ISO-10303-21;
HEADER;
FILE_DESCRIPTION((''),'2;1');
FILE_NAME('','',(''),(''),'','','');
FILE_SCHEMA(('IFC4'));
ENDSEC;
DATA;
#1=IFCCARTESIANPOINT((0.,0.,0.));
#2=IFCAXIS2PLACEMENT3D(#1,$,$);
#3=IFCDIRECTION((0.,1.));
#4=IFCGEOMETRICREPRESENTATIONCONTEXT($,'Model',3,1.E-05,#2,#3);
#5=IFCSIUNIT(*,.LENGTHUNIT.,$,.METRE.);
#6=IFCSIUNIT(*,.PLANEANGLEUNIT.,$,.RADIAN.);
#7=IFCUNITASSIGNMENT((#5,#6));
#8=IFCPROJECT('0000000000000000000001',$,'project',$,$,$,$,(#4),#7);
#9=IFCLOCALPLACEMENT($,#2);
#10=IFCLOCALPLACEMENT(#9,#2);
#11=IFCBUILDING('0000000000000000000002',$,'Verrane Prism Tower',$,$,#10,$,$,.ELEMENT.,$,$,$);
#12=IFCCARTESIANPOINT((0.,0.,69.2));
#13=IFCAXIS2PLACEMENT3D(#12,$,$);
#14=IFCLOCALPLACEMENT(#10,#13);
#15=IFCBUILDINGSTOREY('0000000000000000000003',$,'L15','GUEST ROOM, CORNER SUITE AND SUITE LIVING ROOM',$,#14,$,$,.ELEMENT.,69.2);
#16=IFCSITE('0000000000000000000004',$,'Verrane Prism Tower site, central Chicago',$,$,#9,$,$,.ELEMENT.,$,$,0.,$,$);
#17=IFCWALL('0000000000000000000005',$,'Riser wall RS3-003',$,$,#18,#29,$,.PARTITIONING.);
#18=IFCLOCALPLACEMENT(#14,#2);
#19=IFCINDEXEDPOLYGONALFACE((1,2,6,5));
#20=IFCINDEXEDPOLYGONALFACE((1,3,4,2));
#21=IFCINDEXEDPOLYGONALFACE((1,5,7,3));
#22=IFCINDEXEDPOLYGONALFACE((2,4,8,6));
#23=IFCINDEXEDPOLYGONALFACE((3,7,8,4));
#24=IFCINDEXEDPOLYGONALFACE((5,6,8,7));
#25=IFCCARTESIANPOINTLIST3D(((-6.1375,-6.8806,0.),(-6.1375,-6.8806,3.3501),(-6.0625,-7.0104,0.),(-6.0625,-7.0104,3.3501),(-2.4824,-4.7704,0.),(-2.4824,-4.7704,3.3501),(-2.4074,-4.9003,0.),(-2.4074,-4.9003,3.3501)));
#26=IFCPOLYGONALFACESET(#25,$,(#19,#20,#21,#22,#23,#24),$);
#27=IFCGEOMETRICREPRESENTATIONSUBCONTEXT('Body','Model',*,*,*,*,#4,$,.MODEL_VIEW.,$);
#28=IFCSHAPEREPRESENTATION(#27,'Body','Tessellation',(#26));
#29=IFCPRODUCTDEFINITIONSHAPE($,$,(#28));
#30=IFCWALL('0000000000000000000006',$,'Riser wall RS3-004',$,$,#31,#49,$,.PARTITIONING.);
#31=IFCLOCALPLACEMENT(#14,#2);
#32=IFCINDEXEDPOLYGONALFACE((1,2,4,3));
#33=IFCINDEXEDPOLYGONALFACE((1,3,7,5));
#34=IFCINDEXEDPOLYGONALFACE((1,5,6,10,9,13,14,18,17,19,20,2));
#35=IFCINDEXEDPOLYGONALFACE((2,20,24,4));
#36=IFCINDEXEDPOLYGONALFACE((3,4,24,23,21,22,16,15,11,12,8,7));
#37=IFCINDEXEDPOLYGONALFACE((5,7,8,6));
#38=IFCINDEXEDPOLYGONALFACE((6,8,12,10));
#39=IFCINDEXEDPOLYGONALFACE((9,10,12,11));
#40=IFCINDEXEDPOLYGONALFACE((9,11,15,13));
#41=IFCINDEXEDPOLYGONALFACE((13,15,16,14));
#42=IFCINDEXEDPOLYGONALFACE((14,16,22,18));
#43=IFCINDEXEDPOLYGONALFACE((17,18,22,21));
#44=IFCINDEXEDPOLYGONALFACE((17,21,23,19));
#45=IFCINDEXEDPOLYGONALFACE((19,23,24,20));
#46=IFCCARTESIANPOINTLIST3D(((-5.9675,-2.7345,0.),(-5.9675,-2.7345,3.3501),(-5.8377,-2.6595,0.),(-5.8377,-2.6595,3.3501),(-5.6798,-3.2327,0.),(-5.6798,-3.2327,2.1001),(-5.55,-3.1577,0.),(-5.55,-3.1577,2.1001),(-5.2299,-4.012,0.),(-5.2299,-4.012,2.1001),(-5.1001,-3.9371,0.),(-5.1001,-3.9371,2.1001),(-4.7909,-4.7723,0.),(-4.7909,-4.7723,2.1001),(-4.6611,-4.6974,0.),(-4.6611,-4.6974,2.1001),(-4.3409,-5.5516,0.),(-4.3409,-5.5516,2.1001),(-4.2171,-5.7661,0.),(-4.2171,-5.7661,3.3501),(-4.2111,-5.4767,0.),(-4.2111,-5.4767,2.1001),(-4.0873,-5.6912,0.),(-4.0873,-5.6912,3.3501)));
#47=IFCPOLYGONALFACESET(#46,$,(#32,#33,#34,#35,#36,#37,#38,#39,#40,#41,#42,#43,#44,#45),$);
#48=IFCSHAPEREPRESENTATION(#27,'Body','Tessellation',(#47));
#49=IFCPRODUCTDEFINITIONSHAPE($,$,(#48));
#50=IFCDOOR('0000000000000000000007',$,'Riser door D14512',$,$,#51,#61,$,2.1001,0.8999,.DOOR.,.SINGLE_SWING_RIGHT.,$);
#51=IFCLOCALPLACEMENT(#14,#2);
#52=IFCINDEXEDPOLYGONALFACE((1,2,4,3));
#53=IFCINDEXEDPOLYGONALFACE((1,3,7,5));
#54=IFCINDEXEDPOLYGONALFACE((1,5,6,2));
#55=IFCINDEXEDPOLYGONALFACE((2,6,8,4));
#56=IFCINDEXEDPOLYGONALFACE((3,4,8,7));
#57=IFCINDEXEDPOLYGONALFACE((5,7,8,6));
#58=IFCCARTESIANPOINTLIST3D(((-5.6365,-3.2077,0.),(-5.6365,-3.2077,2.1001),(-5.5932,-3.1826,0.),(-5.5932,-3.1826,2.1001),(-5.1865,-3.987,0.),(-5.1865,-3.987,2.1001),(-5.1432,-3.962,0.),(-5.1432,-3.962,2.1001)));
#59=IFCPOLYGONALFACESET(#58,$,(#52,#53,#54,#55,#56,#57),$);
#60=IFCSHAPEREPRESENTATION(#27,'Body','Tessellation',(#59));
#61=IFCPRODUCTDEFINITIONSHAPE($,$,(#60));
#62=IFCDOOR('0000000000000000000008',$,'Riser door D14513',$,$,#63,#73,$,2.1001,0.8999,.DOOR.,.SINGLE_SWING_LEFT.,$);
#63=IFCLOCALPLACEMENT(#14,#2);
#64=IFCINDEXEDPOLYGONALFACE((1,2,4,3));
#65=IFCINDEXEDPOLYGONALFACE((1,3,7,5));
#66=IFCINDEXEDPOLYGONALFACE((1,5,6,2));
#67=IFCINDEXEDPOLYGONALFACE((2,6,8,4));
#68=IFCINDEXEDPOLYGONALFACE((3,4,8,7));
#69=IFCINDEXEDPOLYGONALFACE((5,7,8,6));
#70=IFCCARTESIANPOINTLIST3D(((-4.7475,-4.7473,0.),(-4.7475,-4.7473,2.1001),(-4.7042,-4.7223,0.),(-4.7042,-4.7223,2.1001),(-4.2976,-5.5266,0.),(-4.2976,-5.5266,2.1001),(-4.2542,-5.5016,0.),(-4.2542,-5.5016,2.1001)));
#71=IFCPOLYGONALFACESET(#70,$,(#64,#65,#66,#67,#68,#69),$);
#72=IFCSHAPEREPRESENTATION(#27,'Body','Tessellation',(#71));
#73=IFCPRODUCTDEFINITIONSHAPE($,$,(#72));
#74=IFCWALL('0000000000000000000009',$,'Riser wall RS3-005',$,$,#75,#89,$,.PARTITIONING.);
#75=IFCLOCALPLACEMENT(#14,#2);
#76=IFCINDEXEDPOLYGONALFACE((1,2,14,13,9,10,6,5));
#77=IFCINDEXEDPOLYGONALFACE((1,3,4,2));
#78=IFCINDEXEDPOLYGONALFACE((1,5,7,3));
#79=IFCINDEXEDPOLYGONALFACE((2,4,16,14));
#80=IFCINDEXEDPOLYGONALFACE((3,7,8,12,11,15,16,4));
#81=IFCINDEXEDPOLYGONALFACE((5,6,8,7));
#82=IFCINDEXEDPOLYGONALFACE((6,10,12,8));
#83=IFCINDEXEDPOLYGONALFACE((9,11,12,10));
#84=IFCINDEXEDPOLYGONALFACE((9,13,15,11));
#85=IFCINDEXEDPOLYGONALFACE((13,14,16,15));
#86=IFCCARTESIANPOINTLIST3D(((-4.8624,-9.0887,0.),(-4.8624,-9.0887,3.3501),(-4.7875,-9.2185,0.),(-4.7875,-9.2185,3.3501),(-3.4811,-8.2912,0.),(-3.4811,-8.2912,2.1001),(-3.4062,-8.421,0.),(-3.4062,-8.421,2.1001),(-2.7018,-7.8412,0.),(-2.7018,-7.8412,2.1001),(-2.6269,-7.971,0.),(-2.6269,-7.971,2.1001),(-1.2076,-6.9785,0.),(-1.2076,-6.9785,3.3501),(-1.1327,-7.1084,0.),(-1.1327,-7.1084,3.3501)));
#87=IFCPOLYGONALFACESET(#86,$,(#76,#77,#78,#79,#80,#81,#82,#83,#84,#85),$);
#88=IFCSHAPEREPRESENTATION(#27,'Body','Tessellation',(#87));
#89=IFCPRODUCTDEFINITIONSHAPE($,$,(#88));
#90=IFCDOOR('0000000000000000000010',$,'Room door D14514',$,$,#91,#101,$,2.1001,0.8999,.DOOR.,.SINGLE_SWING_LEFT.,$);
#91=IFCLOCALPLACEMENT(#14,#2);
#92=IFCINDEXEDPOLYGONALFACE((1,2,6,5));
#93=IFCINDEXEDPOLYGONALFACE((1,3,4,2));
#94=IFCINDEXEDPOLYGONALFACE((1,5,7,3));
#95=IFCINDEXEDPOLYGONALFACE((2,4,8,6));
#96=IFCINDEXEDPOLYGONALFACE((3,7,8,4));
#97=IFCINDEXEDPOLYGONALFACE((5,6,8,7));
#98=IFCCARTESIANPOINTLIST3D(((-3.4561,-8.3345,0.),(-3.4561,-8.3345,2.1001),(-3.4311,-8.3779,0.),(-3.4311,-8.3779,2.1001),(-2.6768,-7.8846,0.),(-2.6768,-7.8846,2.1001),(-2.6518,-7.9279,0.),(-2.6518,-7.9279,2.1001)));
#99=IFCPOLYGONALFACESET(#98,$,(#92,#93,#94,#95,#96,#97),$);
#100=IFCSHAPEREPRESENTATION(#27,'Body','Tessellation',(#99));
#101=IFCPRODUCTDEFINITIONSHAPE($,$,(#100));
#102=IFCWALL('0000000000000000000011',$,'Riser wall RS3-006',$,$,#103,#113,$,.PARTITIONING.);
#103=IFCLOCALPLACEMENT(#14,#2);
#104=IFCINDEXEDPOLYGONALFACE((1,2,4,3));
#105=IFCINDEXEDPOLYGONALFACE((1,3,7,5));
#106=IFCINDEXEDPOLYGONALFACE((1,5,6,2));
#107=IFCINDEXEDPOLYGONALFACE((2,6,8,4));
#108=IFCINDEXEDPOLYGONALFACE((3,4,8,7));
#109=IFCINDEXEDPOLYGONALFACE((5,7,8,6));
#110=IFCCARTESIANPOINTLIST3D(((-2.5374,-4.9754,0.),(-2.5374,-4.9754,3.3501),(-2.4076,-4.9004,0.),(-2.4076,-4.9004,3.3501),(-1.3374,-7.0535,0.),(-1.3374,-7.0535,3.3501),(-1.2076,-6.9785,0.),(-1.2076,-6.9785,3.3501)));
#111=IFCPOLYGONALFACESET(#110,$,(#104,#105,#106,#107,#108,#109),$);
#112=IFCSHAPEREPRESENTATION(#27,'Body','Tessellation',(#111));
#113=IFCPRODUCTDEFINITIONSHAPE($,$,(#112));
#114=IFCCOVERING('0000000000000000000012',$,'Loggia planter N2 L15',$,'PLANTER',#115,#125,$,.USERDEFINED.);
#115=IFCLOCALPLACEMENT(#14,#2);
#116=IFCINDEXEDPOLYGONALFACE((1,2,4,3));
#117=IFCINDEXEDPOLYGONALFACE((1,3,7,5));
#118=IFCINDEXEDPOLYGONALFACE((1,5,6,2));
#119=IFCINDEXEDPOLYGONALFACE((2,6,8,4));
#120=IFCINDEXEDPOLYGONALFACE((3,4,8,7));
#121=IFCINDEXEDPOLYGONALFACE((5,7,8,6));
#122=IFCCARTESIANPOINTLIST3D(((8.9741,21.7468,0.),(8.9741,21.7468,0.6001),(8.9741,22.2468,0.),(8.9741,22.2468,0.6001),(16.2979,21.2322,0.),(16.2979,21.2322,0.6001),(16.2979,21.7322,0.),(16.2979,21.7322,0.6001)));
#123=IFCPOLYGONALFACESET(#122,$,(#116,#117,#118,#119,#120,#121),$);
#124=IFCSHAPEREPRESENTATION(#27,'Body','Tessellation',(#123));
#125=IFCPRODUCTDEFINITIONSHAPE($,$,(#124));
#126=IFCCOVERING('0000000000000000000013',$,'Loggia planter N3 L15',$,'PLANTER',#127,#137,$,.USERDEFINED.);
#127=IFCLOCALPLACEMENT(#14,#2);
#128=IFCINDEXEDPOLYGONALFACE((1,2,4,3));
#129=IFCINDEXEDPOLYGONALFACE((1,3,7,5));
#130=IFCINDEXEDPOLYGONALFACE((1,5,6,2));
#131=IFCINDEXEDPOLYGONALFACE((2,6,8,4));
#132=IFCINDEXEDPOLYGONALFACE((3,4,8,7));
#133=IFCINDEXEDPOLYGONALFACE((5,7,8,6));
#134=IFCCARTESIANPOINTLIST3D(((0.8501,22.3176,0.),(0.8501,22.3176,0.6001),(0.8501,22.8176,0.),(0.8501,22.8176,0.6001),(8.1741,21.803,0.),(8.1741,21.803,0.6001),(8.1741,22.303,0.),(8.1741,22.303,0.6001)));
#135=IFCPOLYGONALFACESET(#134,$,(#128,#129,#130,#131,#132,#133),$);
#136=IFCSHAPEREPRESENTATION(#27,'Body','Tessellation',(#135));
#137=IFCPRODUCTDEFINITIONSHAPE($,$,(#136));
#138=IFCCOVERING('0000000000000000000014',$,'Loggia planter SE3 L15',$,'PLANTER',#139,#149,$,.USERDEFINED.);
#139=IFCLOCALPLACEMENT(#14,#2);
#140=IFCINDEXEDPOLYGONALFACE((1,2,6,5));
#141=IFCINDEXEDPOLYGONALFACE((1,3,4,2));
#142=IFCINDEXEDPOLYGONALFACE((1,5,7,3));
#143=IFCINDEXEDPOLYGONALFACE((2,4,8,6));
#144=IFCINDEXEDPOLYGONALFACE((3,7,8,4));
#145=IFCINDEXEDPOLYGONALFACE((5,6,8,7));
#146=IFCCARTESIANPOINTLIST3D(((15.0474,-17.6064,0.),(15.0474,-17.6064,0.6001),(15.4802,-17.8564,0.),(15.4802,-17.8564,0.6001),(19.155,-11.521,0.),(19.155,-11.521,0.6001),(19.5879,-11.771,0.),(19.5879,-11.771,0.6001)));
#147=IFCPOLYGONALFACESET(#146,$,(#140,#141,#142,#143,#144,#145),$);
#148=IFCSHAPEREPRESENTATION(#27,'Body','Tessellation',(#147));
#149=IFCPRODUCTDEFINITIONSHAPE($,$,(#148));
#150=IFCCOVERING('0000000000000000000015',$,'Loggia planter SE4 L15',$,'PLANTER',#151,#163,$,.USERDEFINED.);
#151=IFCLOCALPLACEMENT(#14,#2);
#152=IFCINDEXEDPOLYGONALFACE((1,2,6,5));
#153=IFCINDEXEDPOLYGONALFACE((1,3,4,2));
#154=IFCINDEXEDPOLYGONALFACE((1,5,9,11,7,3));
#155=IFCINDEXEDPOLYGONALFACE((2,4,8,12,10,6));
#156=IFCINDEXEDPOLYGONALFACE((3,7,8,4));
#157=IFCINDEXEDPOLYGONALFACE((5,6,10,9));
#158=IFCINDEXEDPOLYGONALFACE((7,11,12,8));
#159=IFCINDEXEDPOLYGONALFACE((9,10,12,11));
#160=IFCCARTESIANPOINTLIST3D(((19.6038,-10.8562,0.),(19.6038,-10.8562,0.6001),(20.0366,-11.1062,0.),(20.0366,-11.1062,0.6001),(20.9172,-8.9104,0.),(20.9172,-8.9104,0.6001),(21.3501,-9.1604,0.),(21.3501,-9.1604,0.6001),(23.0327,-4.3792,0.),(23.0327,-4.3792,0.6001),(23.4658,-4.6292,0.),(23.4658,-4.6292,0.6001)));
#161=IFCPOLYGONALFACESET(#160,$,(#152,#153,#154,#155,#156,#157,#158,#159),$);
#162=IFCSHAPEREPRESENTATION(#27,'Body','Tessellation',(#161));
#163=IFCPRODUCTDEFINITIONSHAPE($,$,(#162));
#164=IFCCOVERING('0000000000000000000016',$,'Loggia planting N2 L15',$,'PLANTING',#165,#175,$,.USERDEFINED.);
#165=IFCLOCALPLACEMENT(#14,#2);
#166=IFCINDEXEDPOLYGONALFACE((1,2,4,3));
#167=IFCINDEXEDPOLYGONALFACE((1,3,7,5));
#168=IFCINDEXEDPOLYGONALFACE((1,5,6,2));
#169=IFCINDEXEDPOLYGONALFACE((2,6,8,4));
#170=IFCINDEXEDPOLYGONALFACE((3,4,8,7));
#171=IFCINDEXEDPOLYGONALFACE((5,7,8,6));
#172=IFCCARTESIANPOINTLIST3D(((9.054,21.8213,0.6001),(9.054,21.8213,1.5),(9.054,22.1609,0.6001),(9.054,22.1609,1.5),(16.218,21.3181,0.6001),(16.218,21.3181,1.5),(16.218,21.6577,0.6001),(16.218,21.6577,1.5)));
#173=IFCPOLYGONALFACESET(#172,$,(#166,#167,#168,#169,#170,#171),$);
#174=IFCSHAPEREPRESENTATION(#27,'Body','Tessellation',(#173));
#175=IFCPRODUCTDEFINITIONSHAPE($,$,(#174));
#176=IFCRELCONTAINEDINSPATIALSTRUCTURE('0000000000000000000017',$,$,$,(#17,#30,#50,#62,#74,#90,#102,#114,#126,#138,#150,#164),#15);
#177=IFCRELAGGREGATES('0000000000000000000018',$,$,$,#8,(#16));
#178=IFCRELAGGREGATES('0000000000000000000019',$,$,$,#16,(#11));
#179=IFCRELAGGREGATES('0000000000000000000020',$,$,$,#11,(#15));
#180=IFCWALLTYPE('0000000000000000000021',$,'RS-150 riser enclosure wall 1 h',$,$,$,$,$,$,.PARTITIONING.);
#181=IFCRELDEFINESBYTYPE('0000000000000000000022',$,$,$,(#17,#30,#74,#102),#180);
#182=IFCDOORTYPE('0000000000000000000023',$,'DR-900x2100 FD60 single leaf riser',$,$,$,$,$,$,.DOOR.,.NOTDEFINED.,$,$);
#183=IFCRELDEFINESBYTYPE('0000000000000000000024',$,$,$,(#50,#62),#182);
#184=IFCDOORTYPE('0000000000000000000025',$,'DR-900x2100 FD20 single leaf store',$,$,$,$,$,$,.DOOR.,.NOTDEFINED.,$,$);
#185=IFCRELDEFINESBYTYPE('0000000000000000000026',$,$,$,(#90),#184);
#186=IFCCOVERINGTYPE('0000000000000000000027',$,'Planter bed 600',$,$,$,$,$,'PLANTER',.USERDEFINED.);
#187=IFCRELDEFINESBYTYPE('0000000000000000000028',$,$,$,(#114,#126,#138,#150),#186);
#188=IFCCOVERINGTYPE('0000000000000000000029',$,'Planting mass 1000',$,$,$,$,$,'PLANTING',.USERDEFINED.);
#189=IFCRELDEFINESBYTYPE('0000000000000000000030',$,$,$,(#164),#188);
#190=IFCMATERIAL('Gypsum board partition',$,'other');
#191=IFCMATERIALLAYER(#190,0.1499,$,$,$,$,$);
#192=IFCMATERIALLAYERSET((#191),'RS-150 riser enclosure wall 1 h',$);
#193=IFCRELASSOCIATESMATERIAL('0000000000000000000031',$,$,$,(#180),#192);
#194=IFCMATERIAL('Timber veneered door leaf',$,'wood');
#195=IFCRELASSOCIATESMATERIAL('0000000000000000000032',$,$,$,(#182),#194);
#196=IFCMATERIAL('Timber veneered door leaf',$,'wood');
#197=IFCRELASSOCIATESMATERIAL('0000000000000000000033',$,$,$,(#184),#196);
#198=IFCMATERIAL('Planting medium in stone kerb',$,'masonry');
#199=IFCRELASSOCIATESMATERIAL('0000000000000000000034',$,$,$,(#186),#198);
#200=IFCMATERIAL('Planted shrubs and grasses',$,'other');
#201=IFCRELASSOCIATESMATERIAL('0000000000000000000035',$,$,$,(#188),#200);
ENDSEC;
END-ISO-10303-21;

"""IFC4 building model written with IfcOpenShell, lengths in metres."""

from ifc_helpers import new_model, si_unit, direction, frame, frame_2d, origin, place, context, subcontext, project, spatial, polyline, rectangle, outline, extrude, material, layer, layer_set, type_object, element, fill, save


model = new_model("IFC4")

# Units and contexts
model_context = context("Model", 3, precision=1e-05, world=origin(), true_north=direction((0.0, 1.0)))
body_context = subcontext(model_context, "Body", "Model", "MODEL_VIEW")
ifc_project = project(units=[si_unit("LENGTHUNIT", "METRE"), si_unit("PLANEANGLEUNIT", "RADIAN")], contexts=[model_context])

# Site, building, storey
site_placement = place(None, origin())
site = spatial("IfcSite", under=ifc_project, at=site_placement, Name="Verrane Prism Tower site, central Chicago", CompositionType="ELEMENT", RefElevation=0.0)
building_placement = place(site_placement, origin())
building = spatial("IfcBuilding", under=site, at=building_placement, Name="Verrane Prism Tower", CompositionType="ELEMENT")
storey_placement = place(building_placement, frame((0.0, 0.0, 69.2)))
storey = spatial("IfcBuildingStorey", under=building, at=storey_placement, Name="L15", Description="GUEST ROOM, CORNER SUITE AND SUITE LIVING ROOM", CompositionType="ELEMENT", Elevation=69.2)

# Wall
ifc_material_1 = material(Name="Gypsum board partition", Category="other")
ifc_layer_1 = layer(ifc_material_1, 0.1499)
ifc_layer_set_1 = layer_set([ifc_layer_1], Name="RS-150 riser enclosure wall 1 h")
wall_type_1 = type_object("IfcWallType", Name="RS-150 riser enclosure wall 1 h", PredefinedType="PARTITIONING", material=ifc_layer_set_1)
wall_1_placement = place(storey_placement, frame((-6.1001, -6.9456, 0.0), z_axis=(0.0, 0.0, 1.0), x_axis=(0.866038, 0.499978, 0.0)))
element("IfcWall", 1, at=wall_1_placement, inside=storey, type_object=wall_type_1, Name="Riser wall RS3-003", PredefinedType="PARTITIONING", context=body_context, shape_type="SweptSolid", body=[
    extrude(rectangle(XDim=4.2205, YDim=0.1499, at=frame_2d((2.1104, 0.0))), origin(), (0.0, 0.0, 1.0), 3.3501),
])

# Wall, openings, doors
wall_2_placement = place(storey_placement, frame((-4.1521, -5.7288, 0.0), z_axis=(0.0, 0.0, 1.0), x_axis=(-0.500024, 0.866011, 0.0)))
wall_2 = element("IfcWall", 2, at=wall_2_placement, inside=storey, type_object=wall_type_1, Name="Riser wall RS3-004", PredefinedType="PARTITIONING", context=body_context, shape_type="SweptSolid", body=[
    extrude(rectangle(XDim=3.5007, YDim=0.1499, at=frame_2d((1.7505, 0.0))), origin(), (0.0, 0.0, 1.0), 3.3501),
])
opening_1_placement = place(wall_2_placement, frame((2.0256, 0.0, 0.0)))
opening_1 = element("IfcOpeningElement", 3, at=opening_1_placement, cuts=wall_2, PredefinedType="OPENING", context=body_context, shape_type="SweptSolid", body=[
    extrude(rectangle(XDim=0.8999, YDim=2.1001, at=frame_2d((0.45, 1.05))), frame((0.0, 0.085, 0.0), z_axis=(0.0, -1.0, 0.0), x_axis=(1.0, 0.0, 0.0)), (0.0, 0.0, 1.0), 0.1699),
])
opening_2_placement = place(wall_2_placement, frame((0.2478, 0.0, 0.0)))
opening_2 = element("IfcOpeningElement", 4, at=opening_2_placement, cuts=wall_2, PredefinedType="OPENING", context=body_context, shape_type="SweptSolid", body=[
    extrude(rectangle(XDim=0.8999, YDim=2.1001, at=frame_2d((0.45, 1.05))), frame((0.0, 0.085, 0.0), z_axis=(0.0, -1.0, 0.0), x_axis=(1.0, 0.0, 0.0)), (0.0, 0.0, 1.0), 0.1699),
])
ifc_material_2 = material(Name="Timber veneered door leaf", Category="wood")
door_type_1 = type_object("IfcDoorType", Name="DR-900x2100 FD60 single leaf riser", OperationType="NOTDEFINED", PredefinedType="DOOR", material=ifc_material_2)
door_1_placement = place(opening_1_placement, origin())
door_1 = element("IfcDoor", 5, at=door_1_placement, inside=storey, type_object=door_type_1, Name="Riser door D14512", OperationType="SINGLE_SWING_RIGHT", OverallHeight=2.1001, OverallWidth=0.8999, PredefinedType="DOOR", context=body_context, shape_type="SweptSolid", body=[
    extrude(rectangle(XDim=0.8999, YDim=2.1001, at=frame_2d((0.45, 1.05))), frame((0.0, 0.0249, 0.0), z_axis=(0.0, -1.0, 0.0), x_axis=(1.0, 0.0, 0.0)), (0.0, 0.0, 1.0), 0.05),
])
fill(opening_1, door_1)
door_2_placement = place(opening_2_placement, origin())
door_2 = element("IfcDoor", 6, at=door_2_placement, inside=storey, type_object=door_type_1, Name="Riser door D14513", OperationType="SINGLE_SWING_LEFT", OverallHeight=2.1001, OverallWidth=0.8999, PredefinedType="DOOR", context=body_context, shape_type="SweptSolid", body=[
    extrude(rectangle(XDim=0.8999, YDim=2.1001, at=frame_2d((0.45, 1.05))), frame((0.0, 0.0249, 0.0), z_axis=(0.0, -1.0, 0.0), x_axis=(1.0, 0.0, 0.0)), (0.0, 0.0, 1.0), 0.05),
])
fill(opening_2, door_2)

# Wall, opening, door
wall_3_placement = place(storey_placement, frame((-4.825, -9.1536, 0.0), z_axis=(0.0, 0.0, 1.0), x_axis=(0.866024, 0.500003, 0.0)))
wall_3 = element("IfcWall", 7, at=wall_3_placement, inside=storey, type_object=wall_type_1, Name="Riser wall RS3-005", PredefinedType="PARTITIONING", context=body_context, shape_type="SweptSolid", body=[
    extrude(rectangle(XDim=4.2202, YDim=0.1499, at=frame_2d((2.1101, 0.0))), origin(), (0.0, 0.0, 1.0), 3.3501),
])
opening_3_placement = place(wall_3_placement, frame((1.595, 0.0, 0.0)))
opening_3 = element("IfcOpeningElement", 8, at=opening_3_placement, cuts=wall_3, PredefinedType="OPENING", context=body_context, shape_type="SweptSolid", body=[
    extrude(rectangle(XDim=0.8999, YDim=2.1001, at=frame_2d((0.45, 1.05))), frame((0.0, 0.085, 0.0), z_axis=(0.0, -1.0, 0.0), x_axis=(1.0, 0.0, 0.0)), (0.0, 0.0, 1.0), 0.1699),
])
ifc_material_3 = material(Name="Timber veneered door leaf", Category="wood")
door_type_2 = type_object("IfcDoorType", Name="DR-900x2100 FD20 single leaf store", OperationType="NOTDEFINED", PredefinedType="DOOR", material=ifc_material_3)
door_3_placement = place(opening_3_placement, origin())
door_3 = element("IfcDoor", 9, at=door_3_placement, inside=storey, type_object=door_type_2, Name="Room door D14514", OperationType="SINGLE_SWING_LEFT", OverallHeight=2.1001, OverallWidth=0.8999, PredefinedType="DOOR", context=body_context, shape_type="SweptSolid", body=[
    extrude(rectangle(XDim=0.8999, YDim=2.1001, at=frame_2d((0.45, 1.05))), frame((0.0, 0.0249, 0.0), z_axis=(0.0, -1.0, 0.0), x_axis=(1.0, 0.0, 0.0)), (0.0, 0.0, 1.0), 0.05),
])
fill(opening_3, door_3)

# Wall
wall_4_placement = place(storey_placement, frame((-2.4724, -4.938, 0.0), z_axis=(0.0, 0.0, 1.0), x_axis=(0.500045, -0.865999, 0.0)))
element("IfcWall", 10, at=wall_4_placement, inside=storey, type_object=wall_type_1, Name="Riser wall RS3-006", PredefinedType="PARTITIONING", context=body_context, shape_type="SweptSolid", body=[
    extrude(rectangle(XDim=2.3997, YDim=0.1499, at=frame_2d((1.1997, 0.0))), origin(), (0.0, 0.0, 1.0), 3.3501),
])

# Coverings
ifc_material_4 = material(Name="Planting medium in stone kerb", Category="masonry")
covering_type_1 = type_object("IfcCoveringType", Name="Planter bed 600", ElementType="PLANTER", PredefinedType="USERDEFINED", material=ifc_material_4)
covering_1_placement = place(storey_placement, origin())
element("IfcCovering", 11, at=covering_1_placement, inside=storey, type_object=covering_type_1, Name="Loggia planter N2 L15", ObjectType="PLANTER", PredefinedType="USERDEFINED", context=body_context, shape_type="SweptSolid", body=[
    extrude(outline(polyline([(16.2979, 21.7322), (8.9741, 22.2468), (8.9741, 21.7468), (16.2979, 21.2322), (16.2979, 21.7322)])), origin(), (0.0, 0.0, 1.0), 0.6001),
])
covering_2_placement = place(storey_placement, origin())
element("IfcCovering", 12, at=covering_2_placement, inside=storey, type_object=covering_type_1, Name="Loggia planter N3 L15", ObjectType="PLANTER", PredefinedType="USERDEFINED", context=body_context, shape_type="SweptSolid", body=[
    extrude(outline(polyline([(8.1741, 22.303), (0.8501, 22.8176), (0.8501, 22.3176), (8.1741, 21.803), (8.1741, 22.303)])), origin(), (0.0, 0.0, 1.0), 0.6001),
])
covering_3_placement = place(storey_placement, origin())
element("IfcCovering", 13, at=covering_3_placement, inside=storey, type_object=covering_type_1, Name="Loggia planter SE3 L15", ObjectType="PLANTER", PredefinedType="USERDEFINED", context=body_context, shape_type="SweptSolid", body=[
    extrude(outline(polyline([(15.4802, -17.8564), (19.5879, -11.771), (19.155, -11.521), (15.0474, -17.6064), (15.4802, -17.8564)])), origin(), (0.0, 0.0, 1.0), 0.6001),
])
covering_4_placement = place(storey_placement, origin())
element("IfcCovering", 14, at=covering_4_placement, inside=storey, type_object=covering_type_1, Name="Loggia planter SE4 L15", ObjectType="PLANTER", PredefinedType="USERDEFINED", context=body_context, shape_type="SweptSolid", body=[
    extrude(outline(polyline([(20.0366, -11.1062), (21.3501, -9.1604), (23.4658, -4.6292), (23.0327, -4.3792), (20.9172, -8.9104), (19.6038, -10.8562), (20.0366, -11.1062)])), origin(), (0.0, 0.0, 1.0), 0.6001),
])
ifc_material_5 = material(Name="Planted shrubs and grasses", Category="other")
covering_type_2 = type_object("IfcCoveringType", Name="Planting mass 1000", ElementType="PLANTING", PredefinedType="USERDEFINED", material=ifc_material_5)
covering_5_placement = place(storey_placement, frame((0.0, 0.0, 0.6001)))
element("IfcCovering", 15, at=covering_5_placement, inside=storey, type_object=covering_type_2, Name="Loggia planting N2 L15", ObjectType="PLANTING", PredefinedType="USERDEFINED", context=body_context, shape_type="SweptSolid", body=[
    extrude(outline(polyline([(9.054, 22.1609), (9.054, 21.8213), (16.218, 21.3181), (16.218, 21.6577), (9.054, 22.1609)])), origin(), (0.0, 0.0, 1.0), 0.8999),
])

save(model, "model.ifc")
